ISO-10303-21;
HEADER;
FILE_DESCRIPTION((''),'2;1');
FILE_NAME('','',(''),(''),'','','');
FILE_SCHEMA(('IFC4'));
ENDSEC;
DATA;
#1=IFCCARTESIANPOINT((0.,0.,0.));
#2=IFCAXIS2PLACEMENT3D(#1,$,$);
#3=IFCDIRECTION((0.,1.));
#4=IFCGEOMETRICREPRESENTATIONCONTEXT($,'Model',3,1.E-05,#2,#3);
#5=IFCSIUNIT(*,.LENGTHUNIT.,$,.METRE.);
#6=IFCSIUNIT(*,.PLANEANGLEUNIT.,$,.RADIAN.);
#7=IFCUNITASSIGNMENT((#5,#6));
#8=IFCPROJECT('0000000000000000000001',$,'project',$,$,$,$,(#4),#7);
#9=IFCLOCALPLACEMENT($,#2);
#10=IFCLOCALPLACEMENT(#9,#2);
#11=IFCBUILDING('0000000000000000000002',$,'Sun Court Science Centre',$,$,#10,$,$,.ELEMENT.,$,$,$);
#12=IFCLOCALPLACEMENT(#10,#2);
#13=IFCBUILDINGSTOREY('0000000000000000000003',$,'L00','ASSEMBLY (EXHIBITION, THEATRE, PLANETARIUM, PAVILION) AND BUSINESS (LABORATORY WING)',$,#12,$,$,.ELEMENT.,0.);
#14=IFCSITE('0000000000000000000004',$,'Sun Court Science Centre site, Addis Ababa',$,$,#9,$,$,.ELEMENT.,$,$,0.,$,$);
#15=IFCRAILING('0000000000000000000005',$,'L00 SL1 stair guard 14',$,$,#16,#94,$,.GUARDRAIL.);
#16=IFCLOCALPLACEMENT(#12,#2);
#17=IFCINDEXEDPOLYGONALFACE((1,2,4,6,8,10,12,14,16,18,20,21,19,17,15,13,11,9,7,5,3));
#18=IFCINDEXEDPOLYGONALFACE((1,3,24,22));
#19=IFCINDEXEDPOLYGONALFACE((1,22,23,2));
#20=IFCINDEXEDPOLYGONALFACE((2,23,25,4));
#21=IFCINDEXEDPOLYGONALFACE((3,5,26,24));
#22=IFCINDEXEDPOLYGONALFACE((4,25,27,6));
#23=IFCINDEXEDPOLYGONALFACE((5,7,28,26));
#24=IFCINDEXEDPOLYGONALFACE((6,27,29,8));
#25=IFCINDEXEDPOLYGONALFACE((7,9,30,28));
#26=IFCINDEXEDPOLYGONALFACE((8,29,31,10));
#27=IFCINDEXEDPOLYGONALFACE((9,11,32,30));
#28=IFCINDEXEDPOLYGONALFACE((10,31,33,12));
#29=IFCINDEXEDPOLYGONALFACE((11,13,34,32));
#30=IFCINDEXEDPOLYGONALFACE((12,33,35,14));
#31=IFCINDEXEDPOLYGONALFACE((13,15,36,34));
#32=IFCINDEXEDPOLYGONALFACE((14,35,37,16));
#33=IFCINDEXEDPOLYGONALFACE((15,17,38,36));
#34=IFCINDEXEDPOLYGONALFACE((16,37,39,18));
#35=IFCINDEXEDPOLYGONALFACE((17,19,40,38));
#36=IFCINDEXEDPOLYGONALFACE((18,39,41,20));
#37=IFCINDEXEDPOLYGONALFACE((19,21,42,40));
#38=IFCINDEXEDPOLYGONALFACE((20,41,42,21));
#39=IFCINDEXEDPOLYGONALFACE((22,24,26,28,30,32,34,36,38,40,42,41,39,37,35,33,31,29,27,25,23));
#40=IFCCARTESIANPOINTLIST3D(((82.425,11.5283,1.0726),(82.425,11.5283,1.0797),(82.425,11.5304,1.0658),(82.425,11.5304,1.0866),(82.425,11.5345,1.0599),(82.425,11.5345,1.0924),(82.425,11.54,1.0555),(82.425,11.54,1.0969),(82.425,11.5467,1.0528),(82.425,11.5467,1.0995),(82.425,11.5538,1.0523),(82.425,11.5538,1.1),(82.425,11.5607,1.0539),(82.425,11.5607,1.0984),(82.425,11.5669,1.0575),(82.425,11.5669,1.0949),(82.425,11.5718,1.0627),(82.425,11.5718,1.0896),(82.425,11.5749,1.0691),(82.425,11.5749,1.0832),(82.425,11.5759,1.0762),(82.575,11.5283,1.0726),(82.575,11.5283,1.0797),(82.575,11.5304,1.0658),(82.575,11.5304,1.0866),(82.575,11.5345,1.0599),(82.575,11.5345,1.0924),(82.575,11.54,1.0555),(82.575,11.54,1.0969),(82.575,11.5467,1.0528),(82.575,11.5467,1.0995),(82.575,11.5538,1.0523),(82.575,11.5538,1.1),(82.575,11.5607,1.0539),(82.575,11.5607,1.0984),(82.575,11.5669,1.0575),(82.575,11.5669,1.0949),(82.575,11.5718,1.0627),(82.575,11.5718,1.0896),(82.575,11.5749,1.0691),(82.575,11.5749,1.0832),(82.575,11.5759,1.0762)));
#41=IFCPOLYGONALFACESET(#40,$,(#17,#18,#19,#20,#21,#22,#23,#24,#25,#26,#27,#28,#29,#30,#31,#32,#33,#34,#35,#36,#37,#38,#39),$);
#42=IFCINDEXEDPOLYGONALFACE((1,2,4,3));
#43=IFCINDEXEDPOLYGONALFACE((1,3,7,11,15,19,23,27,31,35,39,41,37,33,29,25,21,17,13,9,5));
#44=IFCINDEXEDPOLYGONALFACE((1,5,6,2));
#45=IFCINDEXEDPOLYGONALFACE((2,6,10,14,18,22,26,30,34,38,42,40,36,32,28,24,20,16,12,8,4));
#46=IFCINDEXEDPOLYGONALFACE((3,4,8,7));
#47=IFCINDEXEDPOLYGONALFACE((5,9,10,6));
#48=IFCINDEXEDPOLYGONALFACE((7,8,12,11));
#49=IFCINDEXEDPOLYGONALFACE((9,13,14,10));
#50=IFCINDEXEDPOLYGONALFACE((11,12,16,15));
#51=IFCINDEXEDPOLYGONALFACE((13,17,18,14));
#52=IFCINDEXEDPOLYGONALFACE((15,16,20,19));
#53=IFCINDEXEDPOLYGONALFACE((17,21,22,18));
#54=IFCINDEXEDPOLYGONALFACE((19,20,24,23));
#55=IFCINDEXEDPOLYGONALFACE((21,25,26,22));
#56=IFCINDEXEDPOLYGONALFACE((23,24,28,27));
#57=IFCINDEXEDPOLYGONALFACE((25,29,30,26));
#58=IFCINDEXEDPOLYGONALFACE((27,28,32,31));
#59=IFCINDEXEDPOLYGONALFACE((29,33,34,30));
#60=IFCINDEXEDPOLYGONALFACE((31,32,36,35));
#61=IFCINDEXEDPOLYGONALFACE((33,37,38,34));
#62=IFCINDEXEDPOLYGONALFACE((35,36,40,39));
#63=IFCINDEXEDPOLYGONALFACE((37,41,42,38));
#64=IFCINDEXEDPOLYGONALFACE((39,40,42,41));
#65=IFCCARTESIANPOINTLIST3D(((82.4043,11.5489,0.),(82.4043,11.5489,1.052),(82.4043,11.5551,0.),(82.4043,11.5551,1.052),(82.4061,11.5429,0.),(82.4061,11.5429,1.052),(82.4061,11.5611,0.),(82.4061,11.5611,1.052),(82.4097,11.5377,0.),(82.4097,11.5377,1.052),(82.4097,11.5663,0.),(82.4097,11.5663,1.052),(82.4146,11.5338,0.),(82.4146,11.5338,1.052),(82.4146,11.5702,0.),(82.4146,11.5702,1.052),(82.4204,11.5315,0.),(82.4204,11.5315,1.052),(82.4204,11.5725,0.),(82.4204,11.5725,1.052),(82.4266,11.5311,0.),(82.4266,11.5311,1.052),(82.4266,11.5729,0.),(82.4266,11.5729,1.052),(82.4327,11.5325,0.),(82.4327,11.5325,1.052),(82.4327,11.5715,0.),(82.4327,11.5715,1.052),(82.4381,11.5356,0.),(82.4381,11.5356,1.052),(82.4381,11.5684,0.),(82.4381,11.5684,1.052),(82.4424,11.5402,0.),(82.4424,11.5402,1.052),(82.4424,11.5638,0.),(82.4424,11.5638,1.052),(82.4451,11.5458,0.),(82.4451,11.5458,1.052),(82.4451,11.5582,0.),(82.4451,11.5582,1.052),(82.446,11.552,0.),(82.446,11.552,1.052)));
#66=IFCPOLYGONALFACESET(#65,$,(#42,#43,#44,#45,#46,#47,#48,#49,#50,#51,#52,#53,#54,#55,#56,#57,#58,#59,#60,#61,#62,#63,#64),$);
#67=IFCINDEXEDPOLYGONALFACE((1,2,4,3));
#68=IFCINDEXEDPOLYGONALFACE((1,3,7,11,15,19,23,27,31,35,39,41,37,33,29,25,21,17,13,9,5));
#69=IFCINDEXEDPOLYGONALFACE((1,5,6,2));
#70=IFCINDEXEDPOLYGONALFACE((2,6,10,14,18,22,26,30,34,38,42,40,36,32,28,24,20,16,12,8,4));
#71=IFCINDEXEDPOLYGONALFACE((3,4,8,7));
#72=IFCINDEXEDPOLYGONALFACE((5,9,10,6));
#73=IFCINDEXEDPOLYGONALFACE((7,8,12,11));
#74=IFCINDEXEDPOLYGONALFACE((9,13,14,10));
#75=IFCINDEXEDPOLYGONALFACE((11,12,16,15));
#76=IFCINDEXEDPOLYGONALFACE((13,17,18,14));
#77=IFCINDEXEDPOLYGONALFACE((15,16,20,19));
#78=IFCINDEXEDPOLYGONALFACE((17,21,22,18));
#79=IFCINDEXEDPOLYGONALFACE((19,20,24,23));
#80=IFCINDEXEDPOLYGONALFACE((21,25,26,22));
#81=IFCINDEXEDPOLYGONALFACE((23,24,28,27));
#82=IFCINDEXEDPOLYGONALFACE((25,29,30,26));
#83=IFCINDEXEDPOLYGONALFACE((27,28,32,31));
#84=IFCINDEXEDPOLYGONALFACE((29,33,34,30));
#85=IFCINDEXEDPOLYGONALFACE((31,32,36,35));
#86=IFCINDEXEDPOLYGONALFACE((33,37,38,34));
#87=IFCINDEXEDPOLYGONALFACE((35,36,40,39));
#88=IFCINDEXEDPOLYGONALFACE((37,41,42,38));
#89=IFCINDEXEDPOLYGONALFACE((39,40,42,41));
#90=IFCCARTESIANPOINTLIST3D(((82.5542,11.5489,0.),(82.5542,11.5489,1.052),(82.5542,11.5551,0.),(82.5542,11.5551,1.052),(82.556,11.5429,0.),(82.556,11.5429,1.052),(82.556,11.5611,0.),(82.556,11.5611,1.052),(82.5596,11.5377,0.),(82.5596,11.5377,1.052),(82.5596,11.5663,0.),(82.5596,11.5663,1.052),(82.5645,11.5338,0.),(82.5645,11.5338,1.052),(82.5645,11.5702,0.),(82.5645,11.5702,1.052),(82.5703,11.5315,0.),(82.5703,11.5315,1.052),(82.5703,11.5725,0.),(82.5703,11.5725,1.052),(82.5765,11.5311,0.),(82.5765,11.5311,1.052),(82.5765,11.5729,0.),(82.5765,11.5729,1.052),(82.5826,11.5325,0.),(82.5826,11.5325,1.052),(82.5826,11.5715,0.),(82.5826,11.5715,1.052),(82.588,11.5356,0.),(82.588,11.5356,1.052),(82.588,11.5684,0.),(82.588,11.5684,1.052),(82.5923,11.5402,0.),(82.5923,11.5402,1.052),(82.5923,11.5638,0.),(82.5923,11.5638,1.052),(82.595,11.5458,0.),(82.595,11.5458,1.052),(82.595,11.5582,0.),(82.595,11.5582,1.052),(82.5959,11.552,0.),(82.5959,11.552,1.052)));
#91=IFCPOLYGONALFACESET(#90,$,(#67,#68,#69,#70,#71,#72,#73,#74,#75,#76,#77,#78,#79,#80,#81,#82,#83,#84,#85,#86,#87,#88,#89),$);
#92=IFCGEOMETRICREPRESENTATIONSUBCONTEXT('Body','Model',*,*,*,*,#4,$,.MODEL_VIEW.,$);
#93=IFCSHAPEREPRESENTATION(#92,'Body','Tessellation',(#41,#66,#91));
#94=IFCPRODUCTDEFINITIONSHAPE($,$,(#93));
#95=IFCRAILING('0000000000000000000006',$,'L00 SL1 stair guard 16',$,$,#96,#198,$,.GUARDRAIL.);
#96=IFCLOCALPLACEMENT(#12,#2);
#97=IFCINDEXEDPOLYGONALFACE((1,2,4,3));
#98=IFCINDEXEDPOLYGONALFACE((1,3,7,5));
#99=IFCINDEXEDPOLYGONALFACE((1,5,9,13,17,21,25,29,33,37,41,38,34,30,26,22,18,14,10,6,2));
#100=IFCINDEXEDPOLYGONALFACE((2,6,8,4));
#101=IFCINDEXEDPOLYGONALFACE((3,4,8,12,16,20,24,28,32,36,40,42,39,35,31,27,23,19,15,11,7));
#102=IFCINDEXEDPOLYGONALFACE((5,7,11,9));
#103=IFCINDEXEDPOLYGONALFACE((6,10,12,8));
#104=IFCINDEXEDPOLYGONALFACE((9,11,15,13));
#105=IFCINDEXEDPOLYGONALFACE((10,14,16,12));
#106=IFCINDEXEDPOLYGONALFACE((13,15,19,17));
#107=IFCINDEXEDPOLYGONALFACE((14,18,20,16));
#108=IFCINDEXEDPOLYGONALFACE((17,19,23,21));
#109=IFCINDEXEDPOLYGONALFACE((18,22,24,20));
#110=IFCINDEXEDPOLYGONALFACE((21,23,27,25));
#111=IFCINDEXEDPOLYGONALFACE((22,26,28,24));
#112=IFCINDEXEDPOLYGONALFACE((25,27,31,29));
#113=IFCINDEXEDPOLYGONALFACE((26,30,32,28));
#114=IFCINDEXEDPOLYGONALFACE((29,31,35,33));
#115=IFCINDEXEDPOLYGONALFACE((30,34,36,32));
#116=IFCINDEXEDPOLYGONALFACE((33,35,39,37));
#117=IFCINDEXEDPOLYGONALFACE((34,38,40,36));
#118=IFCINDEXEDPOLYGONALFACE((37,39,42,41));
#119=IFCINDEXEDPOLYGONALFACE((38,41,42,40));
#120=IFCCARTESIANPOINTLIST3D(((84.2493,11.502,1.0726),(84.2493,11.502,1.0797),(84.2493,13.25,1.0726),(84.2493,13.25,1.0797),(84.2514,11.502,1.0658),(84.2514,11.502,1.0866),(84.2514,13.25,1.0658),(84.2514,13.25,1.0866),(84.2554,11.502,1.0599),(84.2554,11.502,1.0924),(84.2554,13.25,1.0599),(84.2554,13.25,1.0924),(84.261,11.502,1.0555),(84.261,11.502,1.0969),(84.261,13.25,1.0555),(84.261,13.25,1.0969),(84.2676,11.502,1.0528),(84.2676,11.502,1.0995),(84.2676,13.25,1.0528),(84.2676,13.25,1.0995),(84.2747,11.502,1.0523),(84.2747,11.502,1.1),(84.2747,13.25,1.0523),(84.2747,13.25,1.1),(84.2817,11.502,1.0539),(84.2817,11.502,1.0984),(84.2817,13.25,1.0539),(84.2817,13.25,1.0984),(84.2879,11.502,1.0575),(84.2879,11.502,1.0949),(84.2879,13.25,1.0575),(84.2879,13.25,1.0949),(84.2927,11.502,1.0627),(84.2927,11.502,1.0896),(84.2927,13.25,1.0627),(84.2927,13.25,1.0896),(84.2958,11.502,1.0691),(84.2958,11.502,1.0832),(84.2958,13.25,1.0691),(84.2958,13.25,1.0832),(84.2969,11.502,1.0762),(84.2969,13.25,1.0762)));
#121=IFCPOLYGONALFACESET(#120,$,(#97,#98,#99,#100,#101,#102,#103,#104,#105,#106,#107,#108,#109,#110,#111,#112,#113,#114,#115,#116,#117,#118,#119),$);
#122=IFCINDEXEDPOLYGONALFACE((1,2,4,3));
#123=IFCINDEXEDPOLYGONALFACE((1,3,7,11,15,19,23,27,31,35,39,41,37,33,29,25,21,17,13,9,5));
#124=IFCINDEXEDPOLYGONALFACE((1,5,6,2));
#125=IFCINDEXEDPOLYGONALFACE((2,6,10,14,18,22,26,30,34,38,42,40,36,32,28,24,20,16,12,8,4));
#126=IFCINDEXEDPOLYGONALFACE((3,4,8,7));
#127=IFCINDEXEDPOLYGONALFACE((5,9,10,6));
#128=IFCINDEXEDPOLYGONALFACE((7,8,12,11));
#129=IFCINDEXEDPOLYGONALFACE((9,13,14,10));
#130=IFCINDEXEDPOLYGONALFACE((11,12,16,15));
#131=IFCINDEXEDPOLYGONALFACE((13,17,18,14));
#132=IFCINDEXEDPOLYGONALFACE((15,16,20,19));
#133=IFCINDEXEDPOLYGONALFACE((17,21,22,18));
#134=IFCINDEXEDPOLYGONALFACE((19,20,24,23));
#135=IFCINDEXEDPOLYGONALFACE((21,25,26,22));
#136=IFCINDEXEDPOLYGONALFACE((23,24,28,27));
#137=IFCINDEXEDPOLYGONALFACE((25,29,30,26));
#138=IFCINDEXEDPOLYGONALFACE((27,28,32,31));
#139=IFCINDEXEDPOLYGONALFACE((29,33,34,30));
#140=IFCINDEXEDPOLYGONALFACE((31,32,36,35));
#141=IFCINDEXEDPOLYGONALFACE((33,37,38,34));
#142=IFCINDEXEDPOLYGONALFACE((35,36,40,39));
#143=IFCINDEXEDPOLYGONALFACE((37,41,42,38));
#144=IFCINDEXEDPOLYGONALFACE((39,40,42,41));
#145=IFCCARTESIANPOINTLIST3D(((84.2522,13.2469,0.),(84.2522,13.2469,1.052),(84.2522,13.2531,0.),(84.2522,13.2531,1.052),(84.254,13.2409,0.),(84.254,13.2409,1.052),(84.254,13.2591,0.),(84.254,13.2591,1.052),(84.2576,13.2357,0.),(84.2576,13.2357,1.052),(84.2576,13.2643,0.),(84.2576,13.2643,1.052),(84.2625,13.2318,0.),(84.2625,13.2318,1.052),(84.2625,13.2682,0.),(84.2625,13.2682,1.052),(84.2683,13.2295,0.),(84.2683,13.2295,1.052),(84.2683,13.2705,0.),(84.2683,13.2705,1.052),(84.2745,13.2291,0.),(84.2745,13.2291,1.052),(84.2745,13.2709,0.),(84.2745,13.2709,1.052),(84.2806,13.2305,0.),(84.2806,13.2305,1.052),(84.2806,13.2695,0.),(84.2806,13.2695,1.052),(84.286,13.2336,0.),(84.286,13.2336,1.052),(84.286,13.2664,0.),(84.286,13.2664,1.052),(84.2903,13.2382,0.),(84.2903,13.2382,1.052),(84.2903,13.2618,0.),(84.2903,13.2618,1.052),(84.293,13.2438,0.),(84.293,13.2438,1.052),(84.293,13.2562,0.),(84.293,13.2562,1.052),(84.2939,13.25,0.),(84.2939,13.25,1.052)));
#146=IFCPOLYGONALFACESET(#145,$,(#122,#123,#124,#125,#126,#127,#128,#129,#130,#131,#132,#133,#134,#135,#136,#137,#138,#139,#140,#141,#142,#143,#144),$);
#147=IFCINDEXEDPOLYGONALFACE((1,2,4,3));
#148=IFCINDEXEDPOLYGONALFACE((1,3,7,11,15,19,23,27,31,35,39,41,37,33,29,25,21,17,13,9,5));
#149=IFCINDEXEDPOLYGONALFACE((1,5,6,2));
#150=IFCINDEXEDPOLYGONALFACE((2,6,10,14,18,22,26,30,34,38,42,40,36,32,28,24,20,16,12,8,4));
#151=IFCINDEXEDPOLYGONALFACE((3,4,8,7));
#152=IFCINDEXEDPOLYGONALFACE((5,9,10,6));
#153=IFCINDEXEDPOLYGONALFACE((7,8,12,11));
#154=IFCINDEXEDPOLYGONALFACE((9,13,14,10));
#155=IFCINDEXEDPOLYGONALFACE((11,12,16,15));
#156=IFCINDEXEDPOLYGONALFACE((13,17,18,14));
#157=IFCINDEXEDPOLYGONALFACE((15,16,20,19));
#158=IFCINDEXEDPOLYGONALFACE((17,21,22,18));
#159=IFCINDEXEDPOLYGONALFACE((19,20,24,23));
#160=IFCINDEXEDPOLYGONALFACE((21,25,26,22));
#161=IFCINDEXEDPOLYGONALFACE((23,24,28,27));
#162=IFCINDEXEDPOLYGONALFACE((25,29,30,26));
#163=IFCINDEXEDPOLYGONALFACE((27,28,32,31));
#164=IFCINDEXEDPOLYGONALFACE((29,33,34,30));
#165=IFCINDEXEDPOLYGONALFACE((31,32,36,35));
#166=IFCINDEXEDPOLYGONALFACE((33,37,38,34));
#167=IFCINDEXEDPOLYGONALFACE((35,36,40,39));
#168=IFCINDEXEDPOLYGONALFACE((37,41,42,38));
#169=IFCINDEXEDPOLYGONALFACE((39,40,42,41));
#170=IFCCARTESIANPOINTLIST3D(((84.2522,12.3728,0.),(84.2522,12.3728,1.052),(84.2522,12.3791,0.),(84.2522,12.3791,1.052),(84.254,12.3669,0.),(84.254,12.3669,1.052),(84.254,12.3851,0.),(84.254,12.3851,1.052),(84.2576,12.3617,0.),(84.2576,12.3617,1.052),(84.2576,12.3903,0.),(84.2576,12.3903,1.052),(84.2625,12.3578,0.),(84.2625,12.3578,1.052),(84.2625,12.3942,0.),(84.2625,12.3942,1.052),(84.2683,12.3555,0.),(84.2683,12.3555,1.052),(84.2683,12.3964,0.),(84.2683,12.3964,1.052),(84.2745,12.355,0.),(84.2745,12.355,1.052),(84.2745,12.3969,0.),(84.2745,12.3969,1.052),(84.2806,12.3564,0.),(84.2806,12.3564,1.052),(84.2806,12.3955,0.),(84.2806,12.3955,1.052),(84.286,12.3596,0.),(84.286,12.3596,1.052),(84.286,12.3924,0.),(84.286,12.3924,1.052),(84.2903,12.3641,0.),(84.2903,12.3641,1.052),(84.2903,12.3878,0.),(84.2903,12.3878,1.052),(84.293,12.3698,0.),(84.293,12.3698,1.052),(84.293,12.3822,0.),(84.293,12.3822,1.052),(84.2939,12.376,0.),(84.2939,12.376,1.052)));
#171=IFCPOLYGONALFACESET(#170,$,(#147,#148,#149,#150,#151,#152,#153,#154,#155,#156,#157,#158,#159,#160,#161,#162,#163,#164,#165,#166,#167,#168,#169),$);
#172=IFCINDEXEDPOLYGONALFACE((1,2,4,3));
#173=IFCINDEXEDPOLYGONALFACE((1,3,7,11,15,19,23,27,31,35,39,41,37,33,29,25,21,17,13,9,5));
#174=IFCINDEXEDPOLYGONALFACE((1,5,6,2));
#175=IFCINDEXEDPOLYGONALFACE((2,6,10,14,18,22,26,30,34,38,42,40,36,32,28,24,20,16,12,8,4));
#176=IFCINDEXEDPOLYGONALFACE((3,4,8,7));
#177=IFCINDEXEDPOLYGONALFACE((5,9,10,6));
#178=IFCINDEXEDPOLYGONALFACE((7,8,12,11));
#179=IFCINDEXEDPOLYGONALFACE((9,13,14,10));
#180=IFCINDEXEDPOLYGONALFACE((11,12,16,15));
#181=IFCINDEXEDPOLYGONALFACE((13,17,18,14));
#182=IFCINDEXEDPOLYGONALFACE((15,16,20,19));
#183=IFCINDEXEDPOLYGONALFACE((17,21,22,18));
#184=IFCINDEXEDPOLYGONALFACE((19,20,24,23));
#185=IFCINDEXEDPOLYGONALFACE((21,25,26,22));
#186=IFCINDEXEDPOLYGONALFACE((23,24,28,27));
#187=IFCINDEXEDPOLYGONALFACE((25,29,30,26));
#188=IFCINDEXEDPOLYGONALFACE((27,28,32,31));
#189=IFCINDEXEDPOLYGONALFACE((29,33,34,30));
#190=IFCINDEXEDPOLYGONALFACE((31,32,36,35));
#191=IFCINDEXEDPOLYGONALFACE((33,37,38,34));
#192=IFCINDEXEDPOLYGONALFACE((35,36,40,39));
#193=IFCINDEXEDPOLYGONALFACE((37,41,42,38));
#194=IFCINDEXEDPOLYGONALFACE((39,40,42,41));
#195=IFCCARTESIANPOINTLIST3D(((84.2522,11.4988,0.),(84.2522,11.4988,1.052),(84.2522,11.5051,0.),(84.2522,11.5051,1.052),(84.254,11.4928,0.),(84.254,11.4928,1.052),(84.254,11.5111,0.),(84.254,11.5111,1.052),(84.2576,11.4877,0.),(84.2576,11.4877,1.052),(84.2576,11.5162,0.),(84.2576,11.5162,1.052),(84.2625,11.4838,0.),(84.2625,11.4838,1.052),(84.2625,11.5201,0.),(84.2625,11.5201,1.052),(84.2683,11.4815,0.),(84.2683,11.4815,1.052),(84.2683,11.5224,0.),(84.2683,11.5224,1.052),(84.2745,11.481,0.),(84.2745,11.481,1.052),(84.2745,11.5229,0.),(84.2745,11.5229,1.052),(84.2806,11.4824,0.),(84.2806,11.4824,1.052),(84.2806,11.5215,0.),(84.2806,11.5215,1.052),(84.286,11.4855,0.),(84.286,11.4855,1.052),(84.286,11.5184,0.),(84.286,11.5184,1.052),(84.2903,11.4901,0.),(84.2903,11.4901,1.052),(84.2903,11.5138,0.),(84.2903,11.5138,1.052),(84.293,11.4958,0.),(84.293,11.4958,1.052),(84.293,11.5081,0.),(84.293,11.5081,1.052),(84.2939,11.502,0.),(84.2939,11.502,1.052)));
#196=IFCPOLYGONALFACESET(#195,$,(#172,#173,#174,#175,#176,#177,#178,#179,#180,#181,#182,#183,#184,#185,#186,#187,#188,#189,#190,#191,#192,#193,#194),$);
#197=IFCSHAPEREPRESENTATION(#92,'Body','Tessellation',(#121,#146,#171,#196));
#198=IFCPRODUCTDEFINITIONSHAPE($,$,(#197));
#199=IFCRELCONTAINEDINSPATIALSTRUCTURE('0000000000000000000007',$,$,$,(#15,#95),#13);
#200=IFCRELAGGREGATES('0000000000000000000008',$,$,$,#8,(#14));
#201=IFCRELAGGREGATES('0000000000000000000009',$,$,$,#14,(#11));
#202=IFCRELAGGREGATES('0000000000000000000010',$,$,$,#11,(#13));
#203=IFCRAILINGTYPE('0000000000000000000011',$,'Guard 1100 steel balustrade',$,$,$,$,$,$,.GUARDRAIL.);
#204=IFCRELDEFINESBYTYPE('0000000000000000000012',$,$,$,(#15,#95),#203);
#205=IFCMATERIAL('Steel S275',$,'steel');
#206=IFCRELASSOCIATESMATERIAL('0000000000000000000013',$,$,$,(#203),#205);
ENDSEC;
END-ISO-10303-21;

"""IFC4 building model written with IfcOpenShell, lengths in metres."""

from ifc_helpers import new_model, si_unit, direction, frame, origin, origin_2d, place, context, subcontext, project, spatial, circle, extrude, material, type_object, element, save


model = new_model("IFC4")

# Units and contexts
model_context = context("Model", 3, precision=1e-05, world=origin(), true_north=direction((0.0, 1.0)))
body_context = subcontext(model_context, "Body", "Model", "MODEL_VIEW")
ifc_project = project(units=[si_unit("LENGTHUNIT", "METRE"), si_unit("PLANEANGLEUNIT", "RADIAN")], contexts=[model_context])

# Site, building, storey
site_placement = place(None, origin())
site = spatial("IfcSite", under=ifc_project, at=site_placement, Name="Sun Court Science Centre site, Addis Ababa", CompositionType="ELEMENT", RefElevation=0.0)
building_placement = place(site_placement, origin())
building = spatial("IfcBuilding", under=site, at=building_placement, Name="Sun Court Science Centre", CompositionType="ELEMENT")
storey_placement = place(building_placement, origin())
storey = spatial("IfcBuildingStorey", under=building, at=storey_placement, Name="L00", Description="ASSEMBLY (EXHIBITION, THEATRE, PLANETARIUM, PAVILION) AND BUSINESS (LABORATORY WING)", CompositionType="ELEMENT", Elevation=0.0)

# Railings
ifc_material_1 = material(Name="Steel S275", Category="steel")
railing_type_1 = type_object("IfcRailingType", Name="Guard 1100 steel balustrade", PredefinedType="GUARDRAIL", material=ifc_material_1)
railing_1_placement = place(storey_placement, frame((82.425, 11.552, 0.0)))
element("IfcRailing", 1, at=railing_1_placement, inside=storey, type_object=railing_type_1, Name="L00 SL1 stair guard 14", PredefinedType="GUARDRAIL", context=body_context, shape_type="SweptSolid", body=[
    extrude(circle(Radius=0.0239, at=origin_2d()), frame((0.0, 0.0, 1.0762), z_axis=(1.0, 0.0, 0.0), x_axis=(0.0, 1.0, 0.0)), (0.0, 0.0, 1.0), 0.1499),
    extrude(circle(Radius=0.021, at=origin_2d()), origin(), (0.0, 0.0, 1.0), 1.052),
    extrude(circle(Radius=0.021, at=origin_2d()), frame((0.1499, 0.0, 0.0)), (0.0, 0.0, 1.0), 1.052),
])
railing_2_placement = place(storey_placement, frame((84.2729, 13.25, 0.0)))
element("IfcRailing", 2, at=railing_2_placement, inside=storey, type_object=railing_type_1, Name="L00 SL1 stair guard 16", PredefinedType="GUARDRAIL", context=body_context, shape_type="SweptSolid", body=[
    extrude(circle(Radius=0.0239, at=origin_2d()), frame((0.0, 0.0, 1.0762), z_axis=(0.0, -1.0, 0.0), x_axis=(1.0, 0.0, 0.0)), (0.0, 0.0, 1.0), 1.748),
    extrude(circle(Radius=0.021, at=origin_2d()), origin(), (0.0, 0.0, 1.0), 1.052),
    extrude(circle(Radius=0.021, at=origin_2d()), frame((0.0, -0.874, 0.0)), (0.0, 0.0, 1.0), 1.052),
    extrude(circle(Radius=0.021, at=origin_2d()), frame((0.0, -1.748, 0.0)), (0.0, 0.0, 1.0), 1.052),
])

save(model, "model.ifc")
